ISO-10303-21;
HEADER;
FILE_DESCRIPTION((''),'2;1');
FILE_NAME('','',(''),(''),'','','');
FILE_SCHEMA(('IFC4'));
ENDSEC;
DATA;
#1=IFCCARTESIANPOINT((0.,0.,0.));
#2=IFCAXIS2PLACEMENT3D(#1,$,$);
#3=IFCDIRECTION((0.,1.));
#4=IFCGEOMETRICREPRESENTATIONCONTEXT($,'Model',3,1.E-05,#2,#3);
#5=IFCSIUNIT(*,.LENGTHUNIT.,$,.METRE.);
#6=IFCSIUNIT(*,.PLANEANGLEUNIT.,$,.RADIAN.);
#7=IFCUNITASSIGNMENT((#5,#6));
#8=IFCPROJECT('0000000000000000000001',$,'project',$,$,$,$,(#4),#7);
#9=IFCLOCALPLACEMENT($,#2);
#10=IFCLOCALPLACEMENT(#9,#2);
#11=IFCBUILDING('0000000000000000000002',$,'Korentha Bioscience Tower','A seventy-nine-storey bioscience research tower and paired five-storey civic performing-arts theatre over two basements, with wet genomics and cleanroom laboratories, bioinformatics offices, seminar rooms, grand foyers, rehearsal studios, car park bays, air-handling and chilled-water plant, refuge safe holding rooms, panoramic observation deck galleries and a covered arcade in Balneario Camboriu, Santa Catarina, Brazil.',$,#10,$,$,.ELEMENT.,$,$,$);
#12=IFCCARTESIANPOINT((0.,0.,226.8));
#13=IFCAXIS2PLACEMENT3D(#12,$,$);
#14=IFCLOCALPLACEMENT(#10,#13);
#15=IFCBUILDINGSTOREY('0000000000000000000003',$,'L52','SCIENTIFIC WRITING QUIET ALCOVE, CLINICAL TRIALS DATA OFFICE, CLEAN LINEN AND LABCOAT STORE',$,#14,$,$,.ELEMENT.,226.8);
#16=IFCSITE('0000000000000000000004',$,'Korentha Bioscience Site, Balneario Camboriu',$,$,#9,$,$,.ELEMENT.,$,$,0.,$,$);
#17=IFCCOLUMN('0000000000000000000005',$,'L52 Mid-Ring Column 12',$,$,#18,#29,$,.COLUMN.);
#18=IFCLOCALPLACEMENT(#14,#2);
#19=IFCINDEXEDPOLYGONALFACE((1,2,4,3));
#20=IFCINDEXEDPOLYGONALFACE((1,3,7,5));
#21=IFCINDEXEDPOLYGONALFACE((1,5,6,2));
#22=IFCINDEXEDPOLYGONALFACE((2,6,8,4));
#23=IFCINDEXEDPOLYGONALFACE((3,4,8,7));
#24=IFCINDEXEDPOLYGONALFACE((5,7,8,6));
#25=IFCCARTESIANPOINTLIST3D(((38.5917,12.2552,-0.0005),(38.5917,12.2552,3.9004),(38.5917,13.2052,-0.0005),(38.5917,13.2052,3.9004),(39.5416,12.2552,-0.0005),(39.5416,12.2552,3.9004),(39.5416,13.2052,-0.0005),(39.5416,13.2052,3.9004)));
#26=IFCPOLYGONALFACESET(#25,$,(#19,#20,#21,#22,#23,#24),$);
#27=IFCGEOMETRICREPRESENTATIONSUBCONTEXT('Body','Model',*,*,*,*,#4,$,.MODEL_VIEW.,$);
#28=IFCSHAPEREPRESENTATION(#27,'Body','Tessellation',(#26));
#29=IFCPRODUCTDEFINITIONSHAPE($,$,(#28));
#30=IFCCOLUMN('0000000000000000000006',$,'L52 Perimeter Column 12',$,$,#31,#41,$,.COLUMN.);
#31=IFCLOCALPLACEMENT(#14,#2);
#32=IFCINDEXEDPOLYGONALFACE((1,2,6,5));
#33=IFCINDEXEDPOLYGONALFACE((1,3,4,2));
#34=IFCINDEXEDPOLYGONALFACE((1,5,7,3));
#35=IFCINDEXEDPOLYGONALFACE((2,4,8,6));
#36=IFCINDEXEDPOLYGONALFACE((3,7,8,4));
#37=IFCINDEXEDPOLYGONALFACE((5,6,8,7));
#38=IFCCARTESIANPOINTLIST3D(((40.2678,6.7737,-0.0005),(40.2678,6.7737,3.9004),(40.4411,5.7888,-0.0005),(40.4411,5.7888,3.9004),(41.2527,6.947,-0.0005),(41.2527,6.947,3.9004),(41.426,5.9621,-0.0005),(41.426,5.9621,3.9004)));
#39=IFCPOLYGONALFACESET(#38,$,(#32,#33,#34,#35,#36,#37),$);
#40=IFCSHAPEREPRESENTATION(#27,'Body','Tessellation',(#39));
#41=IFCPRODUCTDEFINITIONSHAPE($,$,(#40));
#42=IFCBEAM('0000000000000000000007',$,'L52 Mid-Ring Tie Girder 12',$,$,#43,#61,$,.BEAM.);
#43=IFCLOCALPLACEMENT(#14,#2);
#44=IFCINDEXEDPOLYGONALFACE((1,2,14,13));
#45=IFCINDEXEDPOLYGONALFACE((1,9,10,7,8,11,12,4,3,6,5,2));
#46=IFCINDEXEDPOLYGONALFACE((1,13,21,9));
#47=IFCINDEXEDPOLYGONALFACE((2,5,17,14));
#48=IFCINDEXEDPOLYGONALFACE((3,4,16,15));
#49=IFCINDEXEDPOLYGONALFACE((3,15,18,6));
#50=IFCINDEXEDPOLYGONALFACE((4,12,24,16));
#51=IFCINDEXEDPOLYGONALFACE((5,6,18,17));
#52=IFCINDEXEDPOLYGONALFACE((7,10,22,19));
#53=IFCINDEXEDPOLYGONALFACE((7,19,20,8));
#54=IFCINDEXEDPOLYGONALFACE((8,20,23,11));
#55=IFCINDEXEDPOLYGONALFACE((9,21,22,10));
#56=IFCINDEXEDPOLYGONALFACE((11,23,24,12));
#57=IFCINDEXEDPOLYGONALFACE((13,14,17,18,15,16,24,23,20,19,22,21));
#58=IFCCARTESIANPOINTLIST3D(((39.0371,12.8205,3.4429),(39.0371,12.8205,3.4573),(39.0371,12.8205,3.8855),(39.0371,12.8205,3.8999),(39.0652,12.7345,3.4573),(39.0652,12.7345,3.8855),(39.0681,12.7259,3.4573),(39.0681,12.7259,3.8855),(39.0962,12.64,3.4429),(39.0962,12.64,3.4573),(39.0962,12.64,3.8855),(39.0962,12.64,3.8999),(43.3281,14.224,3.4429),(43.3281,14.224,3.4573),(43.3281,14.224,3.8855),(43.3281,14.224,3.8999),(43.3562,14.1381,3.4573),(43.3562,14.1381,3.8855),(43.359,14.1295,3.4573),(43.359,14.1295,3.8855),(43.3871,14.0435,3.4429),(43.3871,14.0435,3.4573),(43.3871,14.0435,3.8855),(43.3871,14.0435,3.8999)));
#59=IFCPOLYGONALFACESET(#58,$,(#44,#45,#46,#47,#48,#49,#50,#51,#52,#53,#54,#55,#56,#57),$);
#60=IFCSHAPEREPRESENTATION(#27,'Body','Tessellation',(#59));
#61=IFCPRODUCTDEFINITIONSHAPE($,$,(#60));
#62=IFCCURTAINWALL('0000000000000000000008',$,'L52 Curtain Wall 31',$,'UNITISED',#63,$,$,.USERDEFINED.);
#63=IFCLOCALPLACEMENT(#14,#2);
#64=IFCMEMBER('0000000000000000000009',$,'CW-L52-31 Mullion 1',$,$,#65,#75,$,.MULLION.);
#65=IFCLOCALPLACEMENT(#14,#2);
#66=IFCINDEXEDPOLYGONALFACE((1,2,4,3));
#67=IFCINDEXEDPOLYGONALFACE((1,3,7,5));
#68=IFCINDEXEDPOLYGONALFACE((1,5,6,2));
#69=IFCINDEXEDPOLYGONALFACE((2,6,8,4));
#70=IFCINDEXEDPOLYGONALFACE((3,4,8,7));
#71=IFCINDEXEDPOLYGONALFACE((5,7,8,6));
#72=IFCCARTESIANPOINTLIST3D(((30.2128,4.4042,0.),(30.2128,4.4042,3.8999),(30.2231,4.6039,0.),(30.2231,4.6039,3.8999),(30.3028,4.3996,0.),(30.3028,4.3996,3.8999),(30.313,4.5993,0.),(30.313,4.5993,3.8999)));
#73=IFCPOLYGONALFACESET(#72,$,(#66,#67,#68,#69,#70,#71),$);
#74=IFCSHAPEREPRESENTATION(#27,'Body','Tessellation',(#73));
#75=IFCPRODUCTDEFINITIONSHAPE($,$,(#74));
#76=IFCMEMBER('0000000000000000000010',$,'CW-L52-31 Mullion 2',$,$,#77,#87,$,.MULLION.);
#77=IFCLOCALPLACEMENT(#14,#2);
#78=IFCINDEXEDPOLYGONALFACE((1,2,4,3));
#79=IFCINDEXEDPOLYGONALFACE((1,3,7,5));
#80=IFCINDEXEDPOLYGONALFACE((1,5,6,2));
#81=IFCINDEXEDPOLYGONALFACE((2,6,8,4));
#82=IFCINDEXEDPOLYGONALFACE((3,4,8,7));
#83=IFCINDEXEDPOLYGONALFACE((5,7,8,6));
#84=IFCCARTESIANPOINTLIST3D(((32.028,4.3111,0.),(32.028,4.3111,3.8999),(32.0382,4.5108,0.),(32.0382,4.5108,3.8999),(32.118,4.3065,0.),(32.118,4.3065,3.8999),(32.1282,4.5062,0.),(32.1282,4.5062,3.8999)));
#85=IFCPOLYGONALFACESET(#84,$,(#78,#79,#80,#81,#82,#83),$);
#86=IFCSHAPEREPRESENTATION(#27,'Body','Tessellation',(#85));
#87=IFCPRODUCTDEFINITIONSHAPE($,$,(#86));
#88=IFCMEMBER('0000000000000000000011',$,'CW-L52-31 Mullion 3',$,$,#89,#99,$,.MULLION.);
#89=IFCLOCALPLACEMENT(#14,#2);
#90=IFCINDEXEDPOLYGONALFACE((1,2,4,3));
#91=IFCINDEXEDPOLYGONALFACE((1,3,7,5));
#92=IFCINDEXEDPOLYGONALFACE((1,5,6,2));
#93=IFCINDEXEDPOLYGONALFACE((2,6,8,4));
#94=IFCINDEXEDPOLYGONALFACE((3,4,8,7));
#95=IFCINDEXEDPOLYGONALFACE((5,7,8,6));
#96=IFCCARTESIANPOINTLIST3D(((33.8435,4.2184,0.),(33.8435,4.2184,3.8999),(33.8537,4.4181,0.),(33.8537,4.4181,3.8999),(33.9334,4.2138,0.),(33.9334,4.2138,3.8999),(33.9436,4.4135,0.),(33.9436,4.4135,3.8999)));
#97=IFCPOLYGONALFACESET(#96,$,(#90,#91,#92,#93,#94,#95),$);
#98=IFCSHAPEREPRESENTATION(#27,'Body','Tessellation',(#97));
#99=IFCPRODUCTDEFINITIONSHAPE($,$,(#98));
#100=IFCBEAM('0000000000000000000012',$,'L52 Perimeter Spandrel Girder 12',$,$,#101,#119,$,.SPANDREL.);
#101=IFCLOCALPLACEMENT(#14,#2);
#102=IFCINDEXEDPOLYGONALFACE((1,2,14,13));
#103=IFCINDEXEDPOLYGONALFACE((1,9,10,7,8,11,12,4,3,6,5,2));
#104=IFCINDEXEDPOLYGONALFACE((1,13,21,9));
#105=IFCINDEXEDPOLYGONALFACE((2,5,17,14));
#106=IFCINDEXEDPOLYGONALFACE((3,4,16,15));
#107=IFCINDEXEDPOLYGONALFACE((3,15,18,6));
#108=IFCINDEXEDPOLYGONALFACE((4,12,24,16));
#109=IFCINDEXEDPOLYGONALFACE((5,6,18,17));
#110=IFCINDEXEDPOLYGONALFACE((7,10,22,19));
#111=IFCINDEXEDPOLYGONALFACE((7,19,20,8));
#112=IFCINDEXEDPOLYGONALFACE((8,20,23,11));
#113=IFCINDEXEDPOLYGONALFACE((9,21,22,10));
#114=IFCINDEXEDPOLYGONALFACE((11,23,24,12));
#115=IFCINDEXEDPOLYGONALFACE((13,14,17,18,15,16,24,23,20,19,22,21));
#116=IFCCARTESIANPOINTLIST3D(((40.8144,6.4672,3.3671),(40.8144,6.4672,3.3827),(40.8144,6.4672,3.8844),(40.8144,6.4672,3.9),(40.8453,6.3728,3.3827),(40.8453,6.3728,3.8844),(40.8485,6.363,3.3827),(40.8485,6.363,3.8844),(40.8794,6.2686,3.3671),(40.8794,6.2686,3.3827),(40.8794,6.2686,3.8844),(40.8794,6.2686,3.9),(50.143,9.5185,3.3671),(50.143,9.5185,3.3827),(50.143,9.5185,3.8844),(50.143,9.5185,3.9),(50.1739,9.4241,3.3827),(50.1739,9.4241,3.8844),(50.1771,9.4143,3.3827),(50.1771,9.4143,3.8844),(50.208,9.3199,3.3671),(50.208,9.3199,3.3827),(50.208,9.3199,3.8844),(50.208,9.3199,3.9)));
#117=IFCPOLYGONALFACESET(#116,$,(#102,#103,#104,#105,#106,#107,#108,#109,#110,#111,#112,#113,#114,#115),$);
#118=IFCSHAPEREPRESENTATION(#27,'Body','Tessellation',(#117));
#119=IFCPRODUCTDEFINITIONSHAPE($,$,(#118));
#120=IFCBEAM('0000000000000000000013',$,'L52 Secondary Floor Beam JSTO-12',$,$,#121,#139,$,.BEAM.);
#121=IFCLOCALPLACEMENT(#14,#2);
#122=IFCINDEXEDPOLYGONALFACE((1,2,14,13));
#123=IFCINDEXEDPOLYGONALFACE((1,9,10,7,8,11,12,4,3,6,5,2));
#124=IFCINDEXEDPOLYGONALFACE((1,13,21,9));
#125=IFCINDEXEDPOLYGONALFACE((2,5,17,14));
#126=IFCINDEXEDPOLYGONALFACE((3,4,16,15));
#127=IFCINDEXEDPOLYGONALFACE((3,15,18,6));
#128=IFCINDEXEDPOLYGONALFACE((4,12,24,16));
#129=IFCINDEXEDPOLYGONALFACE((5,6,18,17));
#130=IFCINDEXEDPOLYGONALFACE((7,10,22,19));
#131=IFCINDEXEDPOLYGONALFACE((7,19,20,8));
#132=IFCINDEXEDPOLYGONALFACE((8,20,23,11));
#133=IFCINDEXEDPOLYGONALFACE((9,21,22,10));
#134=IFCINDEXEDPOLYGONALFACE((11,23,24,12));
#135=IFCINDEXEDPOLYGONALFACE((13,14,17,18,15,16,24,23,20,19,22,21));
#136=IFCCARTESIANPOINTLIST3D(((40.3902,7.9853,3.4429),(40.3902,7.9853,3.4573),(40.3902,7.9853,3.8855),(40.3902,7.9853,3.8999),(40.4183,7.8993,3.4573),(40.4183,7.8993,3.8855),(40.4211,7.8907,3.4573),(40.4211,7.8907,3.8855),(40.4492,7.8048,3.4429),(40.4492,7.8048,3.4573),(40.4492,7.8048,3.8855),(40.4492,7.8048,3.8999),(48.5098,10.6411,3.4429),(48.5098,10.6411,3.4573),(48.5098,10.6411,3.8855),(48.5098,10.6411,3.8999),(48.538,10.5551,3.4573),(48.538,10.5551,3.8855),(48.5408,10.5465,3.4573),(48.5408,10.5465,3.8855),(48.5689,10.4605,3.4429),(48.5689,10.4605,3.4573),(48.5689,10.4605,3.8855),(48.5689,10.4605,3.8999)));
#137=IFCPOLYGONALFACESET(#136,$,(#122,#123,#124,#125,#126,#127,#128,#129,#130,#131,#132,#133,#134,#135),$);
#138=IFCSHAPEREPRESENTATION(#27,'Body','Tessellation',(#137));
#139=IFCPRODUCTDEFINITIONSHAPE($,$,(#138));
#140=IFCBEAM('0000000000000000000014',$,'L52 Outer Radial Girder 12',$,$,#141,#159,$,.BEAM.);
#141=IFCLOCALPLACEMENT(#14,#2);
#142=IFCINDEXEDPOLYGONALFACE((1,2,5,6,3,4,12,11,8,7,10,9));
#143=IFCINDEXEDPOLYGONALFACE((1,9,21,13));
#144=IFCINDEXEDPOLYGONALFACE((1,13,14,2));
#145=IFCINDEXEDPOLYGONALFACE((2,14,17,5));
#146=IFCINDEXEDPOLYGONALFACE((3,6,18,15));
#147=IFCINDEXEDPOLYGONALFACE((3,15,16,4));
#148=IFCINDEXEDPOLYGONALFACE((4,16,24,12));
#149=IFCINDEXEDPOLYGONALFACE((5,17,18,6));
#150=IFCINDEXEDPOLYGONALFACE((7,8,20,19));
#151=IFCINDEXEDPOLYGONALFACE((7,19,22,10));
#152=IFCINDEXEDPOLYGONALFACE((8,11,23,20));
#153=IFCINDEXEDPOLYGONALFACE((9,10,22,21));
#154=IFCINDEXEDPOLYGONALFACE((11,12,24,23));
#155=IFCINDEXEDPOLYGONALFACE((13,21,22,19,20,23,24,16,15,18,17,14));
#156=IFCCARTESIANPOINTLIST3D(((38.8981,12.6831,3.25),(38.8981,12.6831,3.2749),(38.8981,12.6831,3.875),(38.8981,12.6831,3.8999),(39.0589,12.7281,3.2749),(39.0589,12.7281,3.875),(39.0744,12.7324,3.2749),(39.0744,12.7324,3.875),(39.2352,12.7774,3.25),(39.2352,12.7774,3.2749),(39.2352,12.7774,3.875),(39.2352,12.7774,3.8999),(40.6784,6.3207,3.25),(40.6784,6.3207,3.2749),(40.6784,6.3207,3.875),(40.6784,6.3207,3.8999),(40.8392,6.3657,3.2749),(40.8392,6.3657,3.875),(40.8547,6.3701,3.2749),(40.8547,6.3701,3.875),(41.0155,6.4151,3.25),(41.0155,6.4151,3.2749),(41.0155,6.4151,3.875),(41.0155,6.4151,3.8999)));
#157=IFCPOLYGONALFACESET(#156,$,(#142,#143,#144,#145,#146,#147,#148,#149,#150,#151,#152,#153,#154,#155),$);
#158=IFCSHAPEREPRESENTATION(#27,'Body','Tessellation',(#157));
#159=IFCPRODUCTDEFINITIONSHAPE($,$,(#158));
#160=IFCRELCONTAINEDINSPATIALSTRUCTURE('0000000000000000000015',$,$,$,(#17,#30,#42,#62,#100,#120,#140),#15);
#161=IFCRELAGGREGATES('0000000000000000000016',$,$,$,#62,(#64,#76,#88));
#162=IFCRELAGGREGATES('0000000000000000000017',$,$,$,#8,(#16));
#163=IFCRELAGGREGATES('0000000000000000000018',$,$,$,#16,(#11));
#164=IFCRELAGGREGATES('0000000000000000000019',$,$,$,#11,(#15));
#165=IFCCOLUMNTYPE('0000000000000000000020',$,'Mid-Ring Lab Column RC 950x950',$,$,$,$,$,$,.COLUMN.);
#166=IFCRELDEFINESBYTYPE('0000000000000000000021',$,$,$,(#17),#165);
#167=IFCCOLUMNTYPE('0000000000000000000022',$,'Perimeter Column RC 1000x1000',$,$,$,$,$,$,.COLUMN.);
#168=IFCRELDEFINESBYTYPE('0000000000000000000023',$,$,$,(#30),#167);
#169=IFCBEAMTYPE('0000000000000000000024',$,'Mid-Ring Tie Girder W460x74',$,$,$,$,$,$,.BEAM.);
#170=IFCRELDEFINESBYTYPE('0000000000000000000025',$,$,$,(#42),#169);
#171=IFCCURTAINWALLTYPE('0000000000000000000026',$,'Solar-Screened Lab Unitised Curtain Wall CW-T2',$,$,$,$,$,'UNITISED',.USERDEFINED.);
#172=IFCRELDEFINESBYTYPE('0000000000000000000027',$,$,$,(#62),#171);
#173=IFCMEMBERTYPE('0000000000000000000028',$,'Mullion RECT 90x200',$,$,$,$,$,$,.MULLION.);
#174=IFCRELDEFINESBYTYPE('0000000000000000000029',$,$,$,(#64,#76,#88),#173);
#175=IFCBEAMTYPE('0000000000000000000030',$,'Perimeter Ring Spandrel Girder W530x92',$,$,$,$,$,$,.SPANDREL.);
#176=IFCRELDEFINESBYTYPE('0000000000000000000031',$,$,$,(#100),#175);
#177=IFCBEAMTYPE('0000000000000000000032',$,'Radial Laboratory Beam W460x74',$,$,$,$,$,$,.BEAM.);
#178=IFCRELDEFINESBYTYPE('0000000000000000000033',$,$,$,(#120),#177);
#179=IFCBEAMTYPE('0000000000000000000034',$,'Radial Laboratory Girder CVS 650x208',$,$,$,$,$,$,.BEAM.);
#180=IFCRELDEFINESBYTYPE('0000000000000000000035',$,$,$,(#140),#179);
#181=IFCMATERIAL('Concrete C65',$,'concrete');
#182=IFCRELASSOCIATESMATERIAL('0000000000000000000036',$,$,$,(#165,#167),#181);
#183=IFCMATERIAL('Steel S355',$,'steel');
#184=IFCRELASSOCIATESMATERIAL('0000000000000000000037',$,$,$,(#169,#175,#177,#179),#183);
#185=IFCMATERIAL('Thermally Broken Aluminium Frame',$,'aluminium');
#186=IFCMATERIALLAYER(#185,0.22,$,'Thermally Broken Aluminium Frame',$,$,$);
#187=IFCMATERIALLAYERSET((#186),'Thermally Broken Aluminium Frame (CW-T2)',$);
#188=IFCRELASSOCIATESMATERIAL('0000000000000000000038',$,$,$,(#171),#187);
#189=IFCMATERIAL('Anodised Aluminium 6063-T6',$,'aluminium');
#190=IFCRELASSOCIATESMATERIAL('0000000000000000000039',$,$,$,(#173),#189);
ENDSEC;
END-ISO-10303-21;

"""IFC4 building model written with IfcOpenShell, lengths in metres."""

from ifc_helpers import new_model, si_unit, direction, frame, origin, origin_2d, place, context, subcontext, project, spatial, rectangle, i_section, extrude, material, layer, layer_set, material_profile, profile_set, type_object, element, aggregate, save


model = new_model("IFC4")

# Units and contexts
model_context = context("Model", 3, precision=1e-05, world=origin(), true_north=direction((0.0, 1.0)))
body_context = subcontext(model_context, "Body", "Model", "MODEL_VIEW")
ifc_project = project(units=[si_unit("LENGTHUNIT", "METRE"), si_unit("PLANEANGLEUNIT", "RADIAN")], contexts=[model_context])

# Site, building, storey
site_placement = place(None, origin())
site = spatial("IfcSite", under=ifc_project, at=site_placement, Name="Korentha Bioscience Site, Balneario Camboriu", CompositionType="ELEMENT", RefElevation=0.0)
building_placement = place(site_placement, origin())
building = spatial("IfcBuilding", under=site, at=building_placement, Name="Korentha Bioscience Tower", Description="A seventy-nine-storey bioscience research tower and paired five-storey civic performing-arts theatre over two basements, with wet genomics and cleanroom laboratories, bioinformatics offices, seminar rooms, grand foyers, rehearsal studios, car park bays, air-handling and chilled-water plant, refuge safe holding rooms, panoramic observation deck galleries and a covered arcade in Balneario Camboriu, Santa Catarina, Brazil.", CompositionType="ELEMENT")
storey_placement = place(building_placement, frame((0.0, 0.0, 226.8)))
storey = spatial("IfcBuildingStorey", under=building, at=storey_placement, Name="L52", Description="SCIENTIFIC WRITING QUIET ALCOVE, CLINICAL TRIALS DATA OFFICE, CLEAN LINEN AND LABCOAT STORE", CompositionType="ELEMENT", Elevation=226.8)

# Columns
ifc_material_1 = material(Name="Concrete C65", Category="concrete")
ifc_material_profile_1 = material_profile(ifc_material_1, rectangle(XDim=0.95, YDim=0.95, at=origin_2d()), Name="Concrete C65")
ifc_profile_set_1 = profile_set([ifc_material_profile_1], Name="Concrete C65 (COL-MR09)")
column_type_1 = type_object("IfcColumnType", Name="Mid-Ring Lab Column RC 950x950", PredefinedType="COLUMN", material=ifc_profile_set_1)
column_1_placement = place(storey_placement, frame((39.0667, 12.7302, -0.0005), z_axis=(0.0, 0.0, 1.0), x_axis=(1.0, 0.0, 0.0)))
element("IfcColumn", 1, at=column_1_placement, inside=storey, type_object=column_type_1, Name="L52 Mid-Ring Column 12", PredefinedType="COLUMN", context=body_context, shape_type="SweptSolid", body=[
    extrude(rectangle(XDim=0.95, YDim=0.95, at=origin_2d()), origin(), (0.0, 0.0, 1.0), 3.9009),
])
ifc_material_profile_2 = material_profile(ifc_material_1, rectangle(XDim=1.0, YDim=1.0, at=origin_2d()), Name="Concrete C65")
ifc_profile_set_2 = profile_set([ifc_material_profile_2], Name="Concrete C65 (COL-P10)")
column_type_2 = type_object("IfcColumnType", Name="Perimeter Column RC 1000x1000", PredefinedType="COLUMN", material=ifc_profile_set_2)
column_2_placement = place(storey_placement, frame((40.8469, 6.3679, -0.0005), z_axis=(0.0, 0.0, 1.0), x_axis=(0.984868, 0.173304, 0.0)))
element("IfcColumn", 2, at=column_2_placement, inside=storey, type_object=column_type_2, Name="L52 Perimeter Column 12", PredefinedType="COLUMN", context=body_context, shape_type="SweptSolid", body=[
    extrude(rectangle(XDim=1.0, YDim=1.0, at=origin_2d()), origin(), (0.0, 0.0, 1.0), 3.9009),
])

# Beam
ifc_material_2 = material(Name="Steel S355", Category="steel")
ifc_material_profile_3 = material_profile(ifc_material_2, i_section(OverallWidth=0.1899, OverallDepth=0.457, WebThickness=0.009, FlangeThickness=0.0144, at=origin_2d()), Name="Steel S355")
ifc_profile_set_3 = profile_set([ifc_material_profile_3], Name="Steel S355 (MB-460)")
beam_type_1 = type_object("IfcBeamType", Name="Mid-Ring Tie Girder W460x74", PredefinedType="BEAM", material=ifc_profile_set_3)
beam_1_placement = place(storey_placement, frame((39.0667, 12.7302, 3.6714), z_axis=(0.950447, 0.310885, 0.0), x_axis=(-0.310885, 0.950447, 0.0)))
element("IfcBeam", 3, at=beam_1_placement, inside=storey, type_object=beam_type_1, Name="L52 Mid-Ring Tie Girder 12", PredefinedType="BEAM", context=body_context, shape_type="SweptSolid", body=[
    extrude(i_section(OverallWidth=0.1899, OverallDepth=0.457, WebThickness=0.009, FlangeThickness=0.0144, at=origin_2d()), origin(), (0.0, 0.0, 1.0), 4.5146),
])

# Curtain wall, members
ifc_material_3 = material(Name="Thermally Broken Aluminium Frame", Category="aluminium")
ifc_layer_1 = layer(ifc_material_3, 0.22, Name="Thermally Broken Aluminium Frame")
ifc_layer_set_1 = layer_set([ifc_layer_1], Name="Thermally Broken Aluminium Frame (CW-T2)")
curtain_wall_type = type_object("IfcCurtainWallType", Name="Solar-Screened Lab Unitised Curtain Wall CW-T2", ElementType="UNITISED", PredefinedType="USERDEFINED", material=ifc_layer_set_1)
curtain_wall_placement = place(storey_placement, origin())
curtain_wall = element("IfcCurtainWall", 4, at=curtain_wall_placement, inside=storey, type_object=curtain_wall_type, Name="L52 Curtain Wall 31", ObjectType="UNITISED", PredefinedType="USERDEFINED")
ifc_material_4 = material(Name="Anodised Aluminium 6063-T6", Category="aluminium")
ifc_material_profile_4 = material_profile(ifc_material_4, rectangle(XDim=0.0901, YDim=0.2, at=origin_2d()), Name="Anodised Aluminium 6063-T6")
ifc_profile_set_4 = profile_set([ifc_material_profile_4], Name="Anodised Aluminium 6063-T6 (CW-MUL)")
member_type_1 = type_object("IfcMemberType", Name="Mullion RECT 90x200", PredefinedType="MULLION", material=ifc_profile_set_4)
member_1_placement = place(storey_placement, frame((30.2629, 4.5017, 0.0), z_axis=(0.0, 0.0, 1.0), x_axis=(0.998696, -0.051055, 0.0)))
member_1 = element("IfcMember", 5, at=member_1_placement, type_object=member_type_1, Name="CW-L52-31 Mullion 1", PredefinedType="MULLION", context=body_context, shape_type="SweptSolid", body=[
    extrude(rectangle(XDim=0.0901, YDim=0.2, at=origin_2d()), origin(), (0.0, 0.0, 1.0), 3.8999),
])
member_2_placement = place(storey_placement, frame((32.0781, 4.4087, 0.0), z_axis=(0.0, 0.0, 1.0), x_axis=(0.998696, -0.051055, 0.0)))
member_2 = element("IfcMember", 6, at=member_2_placement, type_object=member_type_1, Name="CW-L52-31 Mullion 2", PredefinedType="MULLION", context=body_context, shape_type="SweptSolid", body=[
    extrude(rectangle(XDim=0.0901, YDim=0.2, at=origin_2d()), origin(), (0.0, 0.0, 1.0), 3.8999),
])
member_3_placement = place(storey_placement, frame((33.8936, 4.3159, 0.0), z_axis=(0.0, 0.0, 1.0), x_axis=(0.998696, -0.051055, 0.0)))
member_3 = element("IfcMember", 7, at=member_3_placement, type_object=member_type_1, Name="CW-L52-31 Mullion 3", PredefinedType="MULLION", context=body_context, shape_type="SweptSolid", body=[
    extrude(rectangle(XDim=0.0901, YDim=0.2, at=origin_2d()), origin(), (0.0, 0.0, 1.0), 3.8999),
])

# Beams
ifc_material_profile_5 = material_profile(ifc_material_2, i_section(OverallWidth=0.209, OverallDepth=0.533, WebThickness=0.0103, FlangeThickness=0.0156, at=origin_2d()), Name="Steel S355")
ifc_profile_set_5 = profile_set([ifc_material_profile_5], Name="Steel S355 (SB-530)")
beam_type_2 = type_object("IfcBeamType", Name="Perimeter Ring Spandrel Girder W530x92", PredefinedType="SPANDREL", material=ifc_profile_set_5)
beam_2_placement = place(storey_placement, frame((40.8469, 6.3679, 3.6335), z_axis=(0.950449, 0.31088, 0.0), x_axis=(-0.31088, 0.950449, 0.0)))
element("IfcBeam", 8, at=beam_2_placement, inside=storey, type_object=beam_type_2, Name="L52 Perimeter Spandrel Girder 12", PredefinedType="SPANDREL", context=body_context, shape_type="SweptSolid", body=[
    extrude(i_section(OverallWidth=0.209, OverallDepth=0.533, WebThickness=0.0103, FlangeThickness=0.0156, at=origin_2d()), origin(), (0.0, 0.0, 1.0), 9.8149),
])
ifc_material_profile_6 = material_profile(ifc_material_2, i_section(OverallWidth=0.1899, OverallDepth=0.457, WebThickness=0.009, FlangeThickness=0.0144, at=origin_2d()), Name="Steel S355")
ifc_profile_set_6 = profile_set([ifc_material_profile_6], Name="Steel S355 (RB-460)")
beam_type_3 = type_object("IfcBeamType", Name="Radial Laboratory Beam W460x74", PredefinedType="BEAM", material=ifc_profile_set_6)
beam_3_placement = place(storey_placement, frame((40.4197, 7.895, 3.6714), z_axis=(0.950451, 0.310873, 0.0), x_axis=(-0.310873, 0.950451, 0.0)))
element("IfcBeam", 9, at=beam_3_placement, inside=storey, type_object=beam_type_3, Name="L52 Secondary Floor Beam JSTO-12", PredefinedType="BEAM", context=body_context, shape_type="SweptSolid", body=[
    extrude(i_section(OverallWidth=0.1899, OverallDepth=0.457, WebThickness=0.009, FlangeThickness=0.0144, at=origin_2d()), origin(), (0.0, 0.0, 1.0), 8.543),
])
ifc_material_profile_7 = material_profile(ifc_material_2, i_section(OverallWidth=0.3501, OverallDepth=0.6499, WebThickness=0.0161, FlangeThickness=0.0249, at=origin_2d()), Name="Steel S355")
ifc_profile_set_7 = profile_set([ifc_material_profile_7], Name="Steel S355 (RB-650)")
beam_type_4 = type_object("IfcBeamType", Name="Radial Laboratory Girder CVS 650x208", PredefinedType="BEAM", material=ifc_profile_set_7)
beam_4_placement = place(storey_placement, frame((39.0667, 12.7302, 3.575), z_axis=(0.269465, -0.96301, 0.0), x_axis=(0.96301, 0.269465, 0.0)))
element("IfcBeam", 10, at=beam_4_placement, inside=storey, type_object=beam_type_4, Name="L52 Outer Radial Girder 12", PredefinedType="BEAM", context=body_context, shape_type="SweptSolid", body=[
    extrude(i_section(OverallWidth=0.3501, OverallDepth=0.6499, WebThickness=0.0161, FlangeThickness=0.0249, at=origin_2d()), origin(), (0.0, 0.0, 1.0), 6.6067),
])

aggregate(curtain_wall, [member_1, member_2, member_3])

save(model, "model.ifc")
